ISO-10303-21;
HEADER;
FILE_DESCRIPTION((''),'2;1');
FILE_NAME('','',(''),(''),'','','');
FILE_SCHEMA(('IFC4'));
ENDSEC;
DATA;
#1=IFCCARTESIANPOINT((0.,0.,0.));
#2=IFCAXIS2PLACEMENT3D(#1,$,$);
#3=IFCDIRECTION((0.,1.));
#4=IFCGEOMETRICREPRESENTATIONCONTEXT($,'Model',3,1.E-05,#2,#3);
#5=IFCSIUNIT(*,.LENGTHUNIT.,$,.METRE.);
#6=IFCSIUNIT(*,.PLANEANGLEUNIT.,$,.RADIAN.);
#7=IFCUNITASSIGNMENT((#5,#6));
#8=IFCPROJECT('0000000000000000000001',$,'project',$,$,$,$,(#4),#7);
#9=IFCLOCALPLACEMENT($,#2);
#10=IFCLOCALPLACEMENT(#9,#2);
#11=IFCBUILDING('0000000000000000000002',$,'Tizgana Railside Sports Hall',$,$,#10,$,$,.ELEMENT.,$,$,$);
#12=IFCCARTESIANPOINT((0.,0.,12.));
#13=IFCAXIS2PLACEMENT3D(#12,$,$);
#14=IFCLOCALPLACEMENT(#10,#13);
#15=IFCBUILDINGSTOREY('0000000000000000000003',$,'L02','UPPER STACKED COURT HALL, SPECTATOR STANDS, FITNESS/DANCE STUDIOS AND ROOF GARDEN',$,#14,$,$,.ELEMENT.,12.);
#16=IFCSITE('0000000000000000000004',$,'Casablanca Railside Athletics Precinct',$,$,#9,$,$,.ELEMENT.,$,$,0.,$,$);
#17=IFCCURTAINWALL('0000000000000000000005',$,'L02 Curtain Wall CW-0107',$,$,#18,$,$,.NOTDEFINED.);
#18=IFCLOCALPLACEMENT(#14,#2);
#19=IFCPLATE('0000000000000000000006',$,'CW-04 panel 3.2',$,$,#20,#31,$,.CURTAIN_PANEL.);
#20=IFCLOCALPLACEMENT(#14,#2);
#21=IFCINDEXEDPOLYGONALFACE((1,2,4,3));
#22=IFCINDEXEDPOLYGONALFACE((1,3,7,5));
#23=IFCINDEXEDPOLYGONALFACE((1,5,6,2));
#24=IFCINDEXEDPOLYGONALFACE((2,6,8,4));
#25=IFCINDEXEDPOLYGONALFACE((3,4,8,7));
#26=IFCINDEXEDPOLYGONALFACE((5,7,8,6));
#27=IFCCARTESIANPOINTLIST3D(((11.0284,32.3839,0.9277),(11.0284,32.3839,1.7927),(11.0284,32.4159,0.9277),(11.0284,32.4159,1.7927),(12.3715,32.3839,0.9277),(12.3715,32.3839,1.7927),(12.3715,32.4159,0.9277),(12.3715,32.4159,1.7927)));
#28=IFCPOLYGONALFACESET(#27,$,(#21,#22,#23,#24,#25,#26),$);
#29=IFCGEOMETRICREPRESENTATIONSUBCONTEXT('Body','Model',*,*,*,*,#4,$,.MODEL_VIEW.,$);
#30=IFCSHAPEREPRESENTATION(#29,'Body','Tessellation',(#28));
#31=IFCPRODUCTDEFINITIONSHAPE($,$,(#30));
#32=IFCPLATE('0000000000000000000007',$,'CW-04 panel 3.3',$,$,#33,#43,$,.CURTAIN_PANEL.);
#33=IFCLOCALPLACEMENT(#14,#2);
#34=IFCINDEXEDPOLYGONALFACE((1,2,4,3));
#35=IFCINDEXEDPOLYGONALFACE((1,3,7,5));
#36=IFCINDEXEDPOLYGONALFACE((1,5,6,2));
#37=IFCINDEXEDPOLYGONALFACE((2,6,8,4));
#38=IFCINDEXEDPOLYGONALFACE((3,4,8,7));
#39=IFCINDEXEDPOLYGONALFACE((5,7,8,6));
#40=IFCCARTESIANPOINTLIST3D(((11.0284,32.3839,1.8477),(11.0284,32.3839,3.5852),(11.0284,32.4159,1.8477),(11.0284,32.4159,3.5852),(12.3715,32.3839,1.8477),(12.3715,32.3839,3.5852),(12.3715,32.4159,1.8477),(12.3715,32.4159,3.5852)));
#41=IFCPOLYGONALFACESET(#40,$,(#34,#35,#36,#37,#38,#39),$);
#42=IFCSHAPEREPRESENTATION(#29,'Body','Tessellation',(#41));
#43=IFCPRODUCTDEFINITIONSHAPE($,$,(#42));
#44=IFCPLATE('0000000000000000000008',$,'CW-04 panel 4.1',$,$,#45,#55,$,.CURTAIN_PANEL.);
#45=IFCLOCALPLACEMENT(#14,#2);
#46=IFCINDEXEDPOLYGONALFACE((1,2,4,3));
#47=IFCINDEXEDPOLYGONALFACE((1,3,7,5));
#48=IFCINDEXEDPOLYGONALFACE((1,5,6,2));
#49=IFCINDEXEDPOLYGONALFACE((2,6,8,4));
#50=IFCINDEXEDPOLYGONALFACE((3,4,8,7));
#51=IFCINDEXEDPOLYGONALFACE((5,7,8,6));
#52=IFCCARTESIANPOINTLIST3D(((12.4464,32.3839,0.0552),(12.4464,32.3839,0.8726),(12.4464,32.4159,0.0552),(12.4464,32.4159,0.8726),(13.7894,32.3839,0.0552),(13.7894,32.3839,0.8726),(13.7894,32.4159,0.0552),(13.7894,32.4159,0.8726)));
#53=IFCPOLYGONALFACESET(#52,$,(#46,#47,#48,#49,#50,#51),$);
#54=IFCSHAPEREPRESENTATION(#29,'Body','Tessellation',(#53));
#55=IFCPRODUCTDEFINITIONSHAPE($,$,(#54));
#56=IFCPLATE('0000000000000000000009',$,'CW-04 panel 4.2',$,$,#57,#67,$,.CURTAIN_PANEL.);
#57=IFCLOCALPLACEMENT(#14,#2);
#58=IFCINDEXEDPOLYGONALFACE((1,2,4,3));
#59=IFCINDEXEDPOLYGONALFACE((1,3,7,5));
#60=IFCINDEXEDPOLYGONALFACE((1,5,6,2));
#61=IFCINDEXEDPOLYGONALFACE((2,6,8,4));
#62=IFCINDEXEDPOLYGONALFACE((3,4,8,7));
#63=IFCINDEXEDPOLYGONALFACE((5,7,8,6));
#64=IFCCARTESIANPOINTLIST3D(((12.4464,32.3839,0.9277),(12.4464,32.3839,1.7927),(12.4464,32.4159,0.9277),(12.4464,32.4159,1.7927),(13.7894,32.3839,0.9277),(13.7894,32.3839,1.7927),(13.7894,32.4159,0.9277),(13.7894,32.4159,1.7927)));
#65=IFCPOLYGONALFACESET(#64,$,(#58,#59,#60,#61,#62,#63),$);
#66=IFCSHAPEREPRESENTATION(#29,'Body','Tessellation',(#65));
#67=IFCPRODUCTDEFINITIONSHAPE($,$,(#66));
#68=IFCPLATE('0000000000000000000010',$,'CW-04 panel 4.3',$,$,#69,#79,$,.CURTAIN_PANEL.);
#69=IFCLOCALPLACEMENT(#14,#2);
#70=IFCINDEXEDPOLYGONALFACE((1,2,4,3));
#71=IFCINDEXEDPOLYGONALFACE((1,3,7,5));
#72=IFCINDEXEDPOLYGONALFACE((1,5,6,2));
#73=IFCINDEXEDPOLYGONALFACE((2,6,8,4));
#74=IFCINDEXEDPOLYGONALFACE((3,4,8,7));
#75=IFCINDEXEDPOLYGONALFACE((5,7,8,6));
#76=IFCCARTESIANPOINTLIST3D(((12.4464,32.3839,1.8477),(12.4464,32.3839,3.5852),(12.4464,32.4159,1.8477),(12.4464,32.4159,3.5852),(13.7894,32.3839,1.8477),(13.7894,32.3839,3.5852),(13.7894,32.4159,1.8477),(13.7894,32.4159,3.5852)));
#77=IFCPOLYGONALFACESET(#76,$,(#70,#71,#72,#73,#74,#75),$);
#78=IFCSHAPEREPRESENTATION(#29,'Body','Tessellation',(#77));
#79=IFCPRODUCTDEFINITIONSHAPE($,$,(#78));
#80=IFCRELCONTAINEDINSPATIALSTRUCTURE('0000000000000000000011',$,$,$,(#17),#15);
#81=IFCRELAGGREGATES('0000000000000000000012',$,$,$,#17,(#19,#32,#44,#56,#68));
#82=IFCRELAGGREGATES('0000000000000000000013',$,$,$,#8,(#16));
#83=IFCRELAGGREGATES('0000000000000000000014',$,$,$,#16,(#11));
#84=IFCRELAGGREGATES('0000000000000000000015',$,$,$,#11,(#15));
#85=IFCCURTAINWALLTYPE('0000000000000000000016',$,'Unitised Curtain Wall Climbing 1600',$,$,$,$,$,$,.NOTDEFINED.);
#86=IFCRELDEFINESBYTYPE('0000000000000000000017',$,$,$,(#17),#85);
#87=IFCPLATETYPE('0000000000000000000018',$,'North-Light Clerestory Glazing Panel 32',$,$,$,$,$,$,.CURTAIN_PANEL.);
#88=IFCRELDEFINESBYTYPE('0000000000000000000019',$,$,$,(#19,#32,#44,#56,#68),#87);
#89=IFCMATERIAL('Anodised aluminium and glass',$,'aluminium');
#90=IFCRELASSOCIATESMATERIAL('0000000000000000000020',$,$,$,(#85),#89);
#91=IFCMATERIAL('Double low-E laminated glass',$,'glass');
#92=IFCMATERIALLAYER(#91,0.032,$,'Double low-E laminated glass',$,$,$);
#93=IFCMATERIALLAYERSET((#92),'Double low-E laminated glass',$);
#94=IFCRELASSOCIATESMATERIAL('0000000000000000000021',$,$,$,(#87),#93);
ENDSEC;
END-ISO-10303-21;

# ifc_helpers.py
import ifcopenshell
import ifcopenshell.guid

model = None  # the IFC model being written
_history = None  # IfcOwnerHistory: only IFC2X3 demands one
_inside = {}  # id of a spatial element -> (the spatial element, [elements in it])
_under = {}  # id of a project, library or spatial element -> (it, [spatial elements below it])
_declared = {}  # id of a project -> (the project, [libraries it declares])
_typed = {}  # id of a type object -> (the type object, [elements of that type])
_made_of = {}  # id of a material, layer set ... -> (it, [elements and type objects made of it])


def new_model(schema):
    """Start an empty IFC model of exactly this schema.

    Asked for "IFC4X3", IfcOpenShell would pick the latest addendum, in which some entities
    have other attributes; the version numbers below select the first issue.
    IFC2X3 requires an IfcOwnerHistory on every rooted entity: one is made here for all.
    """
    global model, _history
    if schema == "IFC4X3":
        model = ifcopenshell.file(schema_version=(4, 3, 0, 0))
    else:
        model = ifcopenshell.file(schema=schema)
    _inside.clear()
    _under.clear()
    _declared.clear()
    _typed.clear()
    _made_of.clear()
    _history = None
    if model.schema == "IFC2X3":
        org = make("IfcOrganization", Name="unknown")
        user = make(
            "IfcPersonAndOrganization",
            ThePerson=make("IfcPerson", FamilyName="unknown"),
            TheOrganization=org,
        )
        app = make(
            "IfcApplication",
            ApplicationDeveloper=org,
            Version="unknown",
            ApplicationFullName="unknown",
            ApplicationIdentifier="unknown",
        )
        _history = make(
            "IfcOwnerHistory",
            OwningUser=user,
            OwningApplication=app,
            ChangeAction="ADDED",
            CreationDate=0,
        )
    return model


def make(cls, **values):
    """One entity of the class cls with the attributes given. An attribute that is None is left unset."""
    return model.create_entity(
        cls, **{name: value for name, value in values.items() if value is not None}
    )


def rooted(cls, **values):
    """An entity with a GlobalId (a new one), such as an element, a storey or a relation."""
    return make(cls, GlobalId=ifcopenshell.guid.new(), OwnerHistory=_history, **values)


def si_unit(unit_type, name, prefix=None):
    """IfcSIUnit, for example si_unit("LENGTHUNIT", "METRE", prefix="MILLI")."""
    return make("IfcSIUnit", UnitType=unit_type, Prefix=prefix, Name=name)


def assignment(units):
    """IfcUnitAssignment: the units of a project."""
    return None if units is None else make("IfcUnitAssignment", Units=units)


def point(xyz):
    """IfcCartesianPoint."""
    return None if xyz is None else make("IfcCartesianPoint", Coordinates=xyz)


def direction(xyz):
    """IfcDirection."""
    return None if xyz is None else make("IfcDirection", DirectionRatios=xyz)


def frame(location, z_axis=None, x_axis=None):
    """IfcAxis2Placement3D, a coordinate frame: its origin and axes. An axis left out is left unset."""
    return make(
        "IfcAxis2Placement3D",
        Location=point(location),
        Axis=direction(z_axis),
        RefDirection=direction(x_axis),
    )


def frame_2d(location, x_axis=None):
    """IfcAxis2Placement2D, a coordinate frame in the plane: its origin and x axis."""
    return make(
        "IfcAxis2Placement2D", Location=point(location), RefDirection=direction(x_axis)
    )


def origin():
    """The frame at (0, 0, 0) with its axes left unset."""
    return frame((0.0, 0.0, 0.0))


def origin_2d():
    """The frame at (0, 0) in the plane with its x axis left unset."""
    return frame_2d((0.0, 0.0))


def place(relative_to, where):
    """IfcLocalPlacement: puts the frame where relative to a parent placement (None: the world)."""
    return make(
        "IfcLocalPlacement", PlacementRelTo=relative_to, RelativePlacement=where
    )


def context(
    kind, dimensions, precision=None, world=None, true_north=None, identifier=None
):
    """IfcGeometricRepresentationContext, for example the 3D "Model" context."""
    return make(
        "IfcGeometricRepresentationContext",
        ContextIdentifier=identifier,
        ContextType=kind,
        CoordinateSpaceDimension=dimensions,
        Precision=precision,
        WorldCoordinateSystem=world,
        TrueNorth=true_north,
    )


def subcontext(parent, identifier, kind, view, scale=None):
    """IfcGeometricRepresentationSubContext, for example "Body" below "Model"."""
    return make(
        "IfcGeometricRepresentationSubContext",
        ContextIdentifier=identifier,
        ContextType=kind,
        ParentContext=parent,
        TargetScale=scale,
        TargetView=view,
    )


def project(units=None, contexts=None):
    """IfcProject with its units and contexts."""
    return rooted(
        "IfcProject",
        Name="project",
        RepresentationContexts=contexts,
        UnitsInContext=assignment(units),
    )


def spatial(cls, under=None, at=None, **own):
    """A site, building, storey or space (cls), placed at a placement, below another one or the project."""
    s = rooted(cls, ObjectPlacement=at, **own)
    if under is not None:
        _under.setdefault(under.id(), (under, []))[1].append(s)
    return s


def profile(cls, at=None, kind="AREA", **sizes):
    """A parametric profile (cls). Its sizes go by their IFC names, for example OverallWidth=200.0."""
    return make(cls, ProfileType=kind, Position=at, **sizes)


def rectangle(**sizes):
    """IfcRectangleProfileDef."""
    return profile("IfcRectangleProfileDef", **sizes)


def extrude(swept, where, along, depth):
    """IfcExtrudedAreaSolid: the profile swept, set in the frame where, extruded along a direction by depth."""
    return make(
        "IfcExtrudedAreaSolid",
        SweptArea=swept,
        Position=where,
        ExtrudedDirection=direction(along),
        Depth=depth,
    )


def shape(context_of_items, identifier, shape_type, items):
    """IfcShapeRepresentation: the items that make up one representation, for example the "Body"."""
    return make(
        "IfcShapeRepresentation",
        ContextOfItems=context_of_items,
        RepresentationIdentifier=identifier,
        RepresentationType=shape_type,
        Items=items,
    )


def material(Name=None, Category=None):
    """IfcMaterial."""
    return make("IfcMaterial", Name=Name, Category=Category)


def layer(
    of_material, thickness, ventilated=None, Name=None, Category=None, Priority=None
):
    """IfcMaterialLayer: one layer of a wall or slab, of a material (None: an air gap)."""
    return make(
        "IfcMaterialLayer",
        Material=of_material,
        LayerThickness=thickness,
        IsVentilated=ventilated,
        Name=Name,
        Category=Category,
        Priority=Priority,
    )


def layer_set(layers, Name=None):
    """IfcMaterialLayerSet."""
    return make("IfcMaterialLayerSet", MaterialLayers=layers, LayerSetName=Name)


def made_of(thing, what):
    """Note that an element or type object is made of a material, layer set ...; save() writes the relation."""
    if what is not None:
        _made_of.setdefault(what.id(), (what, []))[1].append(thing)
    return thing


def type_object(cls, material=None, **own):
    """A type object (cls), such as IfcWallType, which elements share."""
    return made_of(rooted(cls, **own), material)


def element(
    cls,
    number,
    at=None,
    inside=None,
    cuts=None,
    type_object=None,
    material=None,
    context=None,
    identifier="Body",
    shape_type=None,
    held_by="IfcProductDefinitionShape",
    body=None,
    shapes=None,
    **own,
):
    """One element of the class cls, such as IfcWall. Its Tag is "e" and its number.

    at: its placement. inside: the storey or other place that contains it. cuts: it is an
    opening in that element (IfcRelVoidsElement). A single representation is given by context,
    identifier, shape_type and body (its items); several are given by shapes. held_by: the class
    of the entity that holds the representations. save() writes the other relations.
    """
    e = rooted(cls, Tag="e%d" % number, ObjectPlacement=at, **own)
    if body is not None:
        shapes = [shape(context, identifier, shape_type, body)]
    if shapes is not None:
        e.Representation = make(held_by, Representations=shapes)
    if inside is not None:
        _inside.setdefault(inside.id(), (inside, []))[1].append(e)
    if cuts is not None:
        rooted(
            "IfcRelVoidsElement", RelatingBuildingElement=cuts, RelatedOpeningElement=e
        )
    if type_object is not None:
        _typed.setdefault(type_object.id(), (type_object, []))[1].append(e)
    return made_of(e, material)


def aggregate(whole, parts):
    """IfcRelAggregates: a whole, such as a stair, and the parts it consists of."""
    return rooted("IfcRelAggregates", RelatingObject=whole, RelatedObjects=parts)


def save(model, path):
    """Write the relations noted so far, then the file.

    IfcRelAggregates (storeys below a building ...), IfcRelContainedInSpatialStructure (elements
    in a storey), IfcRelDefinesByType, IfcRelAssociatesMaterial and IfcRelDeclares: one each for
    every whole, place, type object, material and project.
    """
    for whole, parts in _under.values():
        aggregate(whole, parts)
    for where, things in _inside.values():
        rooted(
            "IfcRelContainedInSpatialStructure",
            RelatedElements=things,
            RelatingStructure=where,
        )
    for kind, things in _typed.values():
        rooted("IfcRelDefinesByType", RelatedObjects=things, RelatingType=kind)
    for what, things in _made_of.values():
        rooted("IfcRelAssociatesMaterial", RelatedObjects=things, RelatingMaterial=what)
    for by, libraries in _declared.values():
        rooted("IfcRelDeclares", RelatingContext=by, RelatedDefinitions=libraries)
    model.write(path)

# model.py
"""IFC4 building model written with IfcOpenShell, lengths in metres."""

from ifc_helpers import new_model, si_unit, direction, frame, origin, origin_2d, place, context, subcontext, project, spatial, rectangle, extrude, material, layer, layer_set, type_object, element, aggregate, save


model = new_model("IFC4")

# Units and contexts
model_context = context("Model", 3, precision=1e-05, world=origin(), true_north=direction((0.0, 1.0)))
body_context = subcontext(model_context, "Body", "Model", "MODEL_VIEW")
ifc_project = project(units=[si_unit("LENGTHUNIT", "METRE"), si_unit("PLANEANGLEUNIT", "RADIAN")], contexts=[model_context])

# Site, building, storey
site_placement = place(None, origin())
site = spatial("IfcSite", under=ifc_project, at=site_placement, Name="Casablanca Railside Athletics Precinct", CompositionType="ELEMENT", RefElevation=0.0)
building_placement = place(site_placement, origin())
building = spatial("IfcBuilding", under=site, at=building_placement, Name="Tizgana Railside Sports Hall", CompositionType="ELEMENT")
storey_placement = place(building_placement, frame((0.0, 0.0, 12.0)))
storey = spatial("IfcBuildingStorey", under=building, at=storey_placement, Name="L02", Description="UPPER STACKED COURT HALL, SPECTATOR STANDS, FITNESS/DANCE STUDIOS AND ROOF GARDEN", CompositionType="ELEMENT", Elevation=12.0)

# Curtain wall, plates
ifc_material_1 = material(Name="Anodised aluminium and glass", Category="aluminium")
curtain_wall_type = type_object("IfcCurtainWallType", Name="Unitised Curtain Wall Climbing 1600", PredefinedType="NOTDEFINED", material=ifc_material_1)
curtain_wall_placement = place(storey_placement, origin())
curtain_wall = element("IfcCurtainWall", 1, at=curtain_wall_placement, inside=storey, type_object=curtain_wall_type, Name="L02 Curtain Wall CW-0107", PredefinedType="NOTDEFINED")
ifc_material_2 = material(Name="Double low-E laminated glass", Category="glass")
ifc_layer = layer(ifc_material_2, 0.032, Name="Double low-E laminated glass")
ifc_layer_set = layer_set([ifc_layer], Name="Double low-E laminated glass")
plate_type = type_object("IfcPlateType", Name="North-Light Clerestory Glazing Panel 32", PredefinedType="CURTAIN_PANEL", material=ifc_layer_set)
plate_1_placement = place(storey_placement, frame((11.7, 32.3999, 0.9277), z_axis=(0.0, 0.0, 1.0), x_axis=(1.0, 0.0, 0.0)))
plate_1 = element("IfcPlate", 2, at=plate_1_placement, type_object=plate_type, Name="CW-04 panel 3.2", PredefinedType="CURTAIN_PANEL", context=body_context, shape_type="SweptSolid", body=[
    extrude(rectangle(XDim=1.343, YDim=0.032, at=origin_2d()), origin(), (0.0, 0.0, 1.0), 0.865),
])
plate_2_placement = place(storey_placement, frame((11.7, 32.3999, 1.8477), z_axis=(0.0, 0.0, 1.0), x_axis=(1.0, 0.0, 0.0)))
plate_2 = element("IfcPlate", 3, at=plate_2_placement, type_object=plate_type, Name="CW-04 panel 3.3", PredefinedType="CURTAIN_PANEL", context=body_context, shape_type="SweptSolid", body=[
    extrude(rectangle(XDim=1.343, YDim=0.032, at=origin_2d()), origin(), (0.0, 0.0, 1.0), 1.7375),
])
plate_3_placement = place(storey_placement, frame((13.1179, 32.3999, 0.0552), z_axis=(0.0, 0.0, 1.0), x_axis=(1.0, 0.0, 0.0)))
plate_3 = element("IfcPlate", 4, at=plate_3_placement, type_object=plate_type, Name="CW-04 panel 4.1", PredefinedType="CURTAIN_PANEL", context=body_context, shape_type="SweptSolid", body=[
    extrude(rectangle(XDim=1.343, YDim=0.032, at=origin_2d()), origin(), (0.0, 0.0, 1.0), 0.8174),
])
plate_4_placement = place(storey_placement, frame((13.1179, 32.3999, 0.9277), z_axis=(0.0, 0.0, 1.0), x_axis=(1.0, 0.0, 0.0)))
plate_4 = element("IfcPlate", 5, at=plate_4_placement, type_object=plate_type, Name="CW-04 panel 4.2", PredefinedType="CURTAIN_PANEL", context=body_context, shape_type="SweptSolid", body=[
    extrude(rectangle(XDim=1.343, YDim=0.032, at=origin_2d()), origin(), (0.0, 0.0, 1.0), 0.865),
])
plate_5_placement = place(storey_placement, frame((13.1179, 32.3999, 1.8477), z_axis=(0.0, 0.0, 1.0), x_axis=(1.0, 0.0, 0.0)))
plate_5 = element("IfcPlate", 6, at=plate_5_placement, type_object=plate_type, Name="CW-04 panel 4.3", PredefinedType="CURTAIN_PANEL", context=body_context, shape_type="SweptSolid", body=[
    extrude(rectangle(XDim=1.343, YDim=0.032, at=origin_2d()), origin(), (0.0, 0.0, 1.0), 1.7375),
])
aggregate(curtain_wall, [plate_1, plate_2, plate_3, plate_4, plate_5])

save(model, "model.ifc")
